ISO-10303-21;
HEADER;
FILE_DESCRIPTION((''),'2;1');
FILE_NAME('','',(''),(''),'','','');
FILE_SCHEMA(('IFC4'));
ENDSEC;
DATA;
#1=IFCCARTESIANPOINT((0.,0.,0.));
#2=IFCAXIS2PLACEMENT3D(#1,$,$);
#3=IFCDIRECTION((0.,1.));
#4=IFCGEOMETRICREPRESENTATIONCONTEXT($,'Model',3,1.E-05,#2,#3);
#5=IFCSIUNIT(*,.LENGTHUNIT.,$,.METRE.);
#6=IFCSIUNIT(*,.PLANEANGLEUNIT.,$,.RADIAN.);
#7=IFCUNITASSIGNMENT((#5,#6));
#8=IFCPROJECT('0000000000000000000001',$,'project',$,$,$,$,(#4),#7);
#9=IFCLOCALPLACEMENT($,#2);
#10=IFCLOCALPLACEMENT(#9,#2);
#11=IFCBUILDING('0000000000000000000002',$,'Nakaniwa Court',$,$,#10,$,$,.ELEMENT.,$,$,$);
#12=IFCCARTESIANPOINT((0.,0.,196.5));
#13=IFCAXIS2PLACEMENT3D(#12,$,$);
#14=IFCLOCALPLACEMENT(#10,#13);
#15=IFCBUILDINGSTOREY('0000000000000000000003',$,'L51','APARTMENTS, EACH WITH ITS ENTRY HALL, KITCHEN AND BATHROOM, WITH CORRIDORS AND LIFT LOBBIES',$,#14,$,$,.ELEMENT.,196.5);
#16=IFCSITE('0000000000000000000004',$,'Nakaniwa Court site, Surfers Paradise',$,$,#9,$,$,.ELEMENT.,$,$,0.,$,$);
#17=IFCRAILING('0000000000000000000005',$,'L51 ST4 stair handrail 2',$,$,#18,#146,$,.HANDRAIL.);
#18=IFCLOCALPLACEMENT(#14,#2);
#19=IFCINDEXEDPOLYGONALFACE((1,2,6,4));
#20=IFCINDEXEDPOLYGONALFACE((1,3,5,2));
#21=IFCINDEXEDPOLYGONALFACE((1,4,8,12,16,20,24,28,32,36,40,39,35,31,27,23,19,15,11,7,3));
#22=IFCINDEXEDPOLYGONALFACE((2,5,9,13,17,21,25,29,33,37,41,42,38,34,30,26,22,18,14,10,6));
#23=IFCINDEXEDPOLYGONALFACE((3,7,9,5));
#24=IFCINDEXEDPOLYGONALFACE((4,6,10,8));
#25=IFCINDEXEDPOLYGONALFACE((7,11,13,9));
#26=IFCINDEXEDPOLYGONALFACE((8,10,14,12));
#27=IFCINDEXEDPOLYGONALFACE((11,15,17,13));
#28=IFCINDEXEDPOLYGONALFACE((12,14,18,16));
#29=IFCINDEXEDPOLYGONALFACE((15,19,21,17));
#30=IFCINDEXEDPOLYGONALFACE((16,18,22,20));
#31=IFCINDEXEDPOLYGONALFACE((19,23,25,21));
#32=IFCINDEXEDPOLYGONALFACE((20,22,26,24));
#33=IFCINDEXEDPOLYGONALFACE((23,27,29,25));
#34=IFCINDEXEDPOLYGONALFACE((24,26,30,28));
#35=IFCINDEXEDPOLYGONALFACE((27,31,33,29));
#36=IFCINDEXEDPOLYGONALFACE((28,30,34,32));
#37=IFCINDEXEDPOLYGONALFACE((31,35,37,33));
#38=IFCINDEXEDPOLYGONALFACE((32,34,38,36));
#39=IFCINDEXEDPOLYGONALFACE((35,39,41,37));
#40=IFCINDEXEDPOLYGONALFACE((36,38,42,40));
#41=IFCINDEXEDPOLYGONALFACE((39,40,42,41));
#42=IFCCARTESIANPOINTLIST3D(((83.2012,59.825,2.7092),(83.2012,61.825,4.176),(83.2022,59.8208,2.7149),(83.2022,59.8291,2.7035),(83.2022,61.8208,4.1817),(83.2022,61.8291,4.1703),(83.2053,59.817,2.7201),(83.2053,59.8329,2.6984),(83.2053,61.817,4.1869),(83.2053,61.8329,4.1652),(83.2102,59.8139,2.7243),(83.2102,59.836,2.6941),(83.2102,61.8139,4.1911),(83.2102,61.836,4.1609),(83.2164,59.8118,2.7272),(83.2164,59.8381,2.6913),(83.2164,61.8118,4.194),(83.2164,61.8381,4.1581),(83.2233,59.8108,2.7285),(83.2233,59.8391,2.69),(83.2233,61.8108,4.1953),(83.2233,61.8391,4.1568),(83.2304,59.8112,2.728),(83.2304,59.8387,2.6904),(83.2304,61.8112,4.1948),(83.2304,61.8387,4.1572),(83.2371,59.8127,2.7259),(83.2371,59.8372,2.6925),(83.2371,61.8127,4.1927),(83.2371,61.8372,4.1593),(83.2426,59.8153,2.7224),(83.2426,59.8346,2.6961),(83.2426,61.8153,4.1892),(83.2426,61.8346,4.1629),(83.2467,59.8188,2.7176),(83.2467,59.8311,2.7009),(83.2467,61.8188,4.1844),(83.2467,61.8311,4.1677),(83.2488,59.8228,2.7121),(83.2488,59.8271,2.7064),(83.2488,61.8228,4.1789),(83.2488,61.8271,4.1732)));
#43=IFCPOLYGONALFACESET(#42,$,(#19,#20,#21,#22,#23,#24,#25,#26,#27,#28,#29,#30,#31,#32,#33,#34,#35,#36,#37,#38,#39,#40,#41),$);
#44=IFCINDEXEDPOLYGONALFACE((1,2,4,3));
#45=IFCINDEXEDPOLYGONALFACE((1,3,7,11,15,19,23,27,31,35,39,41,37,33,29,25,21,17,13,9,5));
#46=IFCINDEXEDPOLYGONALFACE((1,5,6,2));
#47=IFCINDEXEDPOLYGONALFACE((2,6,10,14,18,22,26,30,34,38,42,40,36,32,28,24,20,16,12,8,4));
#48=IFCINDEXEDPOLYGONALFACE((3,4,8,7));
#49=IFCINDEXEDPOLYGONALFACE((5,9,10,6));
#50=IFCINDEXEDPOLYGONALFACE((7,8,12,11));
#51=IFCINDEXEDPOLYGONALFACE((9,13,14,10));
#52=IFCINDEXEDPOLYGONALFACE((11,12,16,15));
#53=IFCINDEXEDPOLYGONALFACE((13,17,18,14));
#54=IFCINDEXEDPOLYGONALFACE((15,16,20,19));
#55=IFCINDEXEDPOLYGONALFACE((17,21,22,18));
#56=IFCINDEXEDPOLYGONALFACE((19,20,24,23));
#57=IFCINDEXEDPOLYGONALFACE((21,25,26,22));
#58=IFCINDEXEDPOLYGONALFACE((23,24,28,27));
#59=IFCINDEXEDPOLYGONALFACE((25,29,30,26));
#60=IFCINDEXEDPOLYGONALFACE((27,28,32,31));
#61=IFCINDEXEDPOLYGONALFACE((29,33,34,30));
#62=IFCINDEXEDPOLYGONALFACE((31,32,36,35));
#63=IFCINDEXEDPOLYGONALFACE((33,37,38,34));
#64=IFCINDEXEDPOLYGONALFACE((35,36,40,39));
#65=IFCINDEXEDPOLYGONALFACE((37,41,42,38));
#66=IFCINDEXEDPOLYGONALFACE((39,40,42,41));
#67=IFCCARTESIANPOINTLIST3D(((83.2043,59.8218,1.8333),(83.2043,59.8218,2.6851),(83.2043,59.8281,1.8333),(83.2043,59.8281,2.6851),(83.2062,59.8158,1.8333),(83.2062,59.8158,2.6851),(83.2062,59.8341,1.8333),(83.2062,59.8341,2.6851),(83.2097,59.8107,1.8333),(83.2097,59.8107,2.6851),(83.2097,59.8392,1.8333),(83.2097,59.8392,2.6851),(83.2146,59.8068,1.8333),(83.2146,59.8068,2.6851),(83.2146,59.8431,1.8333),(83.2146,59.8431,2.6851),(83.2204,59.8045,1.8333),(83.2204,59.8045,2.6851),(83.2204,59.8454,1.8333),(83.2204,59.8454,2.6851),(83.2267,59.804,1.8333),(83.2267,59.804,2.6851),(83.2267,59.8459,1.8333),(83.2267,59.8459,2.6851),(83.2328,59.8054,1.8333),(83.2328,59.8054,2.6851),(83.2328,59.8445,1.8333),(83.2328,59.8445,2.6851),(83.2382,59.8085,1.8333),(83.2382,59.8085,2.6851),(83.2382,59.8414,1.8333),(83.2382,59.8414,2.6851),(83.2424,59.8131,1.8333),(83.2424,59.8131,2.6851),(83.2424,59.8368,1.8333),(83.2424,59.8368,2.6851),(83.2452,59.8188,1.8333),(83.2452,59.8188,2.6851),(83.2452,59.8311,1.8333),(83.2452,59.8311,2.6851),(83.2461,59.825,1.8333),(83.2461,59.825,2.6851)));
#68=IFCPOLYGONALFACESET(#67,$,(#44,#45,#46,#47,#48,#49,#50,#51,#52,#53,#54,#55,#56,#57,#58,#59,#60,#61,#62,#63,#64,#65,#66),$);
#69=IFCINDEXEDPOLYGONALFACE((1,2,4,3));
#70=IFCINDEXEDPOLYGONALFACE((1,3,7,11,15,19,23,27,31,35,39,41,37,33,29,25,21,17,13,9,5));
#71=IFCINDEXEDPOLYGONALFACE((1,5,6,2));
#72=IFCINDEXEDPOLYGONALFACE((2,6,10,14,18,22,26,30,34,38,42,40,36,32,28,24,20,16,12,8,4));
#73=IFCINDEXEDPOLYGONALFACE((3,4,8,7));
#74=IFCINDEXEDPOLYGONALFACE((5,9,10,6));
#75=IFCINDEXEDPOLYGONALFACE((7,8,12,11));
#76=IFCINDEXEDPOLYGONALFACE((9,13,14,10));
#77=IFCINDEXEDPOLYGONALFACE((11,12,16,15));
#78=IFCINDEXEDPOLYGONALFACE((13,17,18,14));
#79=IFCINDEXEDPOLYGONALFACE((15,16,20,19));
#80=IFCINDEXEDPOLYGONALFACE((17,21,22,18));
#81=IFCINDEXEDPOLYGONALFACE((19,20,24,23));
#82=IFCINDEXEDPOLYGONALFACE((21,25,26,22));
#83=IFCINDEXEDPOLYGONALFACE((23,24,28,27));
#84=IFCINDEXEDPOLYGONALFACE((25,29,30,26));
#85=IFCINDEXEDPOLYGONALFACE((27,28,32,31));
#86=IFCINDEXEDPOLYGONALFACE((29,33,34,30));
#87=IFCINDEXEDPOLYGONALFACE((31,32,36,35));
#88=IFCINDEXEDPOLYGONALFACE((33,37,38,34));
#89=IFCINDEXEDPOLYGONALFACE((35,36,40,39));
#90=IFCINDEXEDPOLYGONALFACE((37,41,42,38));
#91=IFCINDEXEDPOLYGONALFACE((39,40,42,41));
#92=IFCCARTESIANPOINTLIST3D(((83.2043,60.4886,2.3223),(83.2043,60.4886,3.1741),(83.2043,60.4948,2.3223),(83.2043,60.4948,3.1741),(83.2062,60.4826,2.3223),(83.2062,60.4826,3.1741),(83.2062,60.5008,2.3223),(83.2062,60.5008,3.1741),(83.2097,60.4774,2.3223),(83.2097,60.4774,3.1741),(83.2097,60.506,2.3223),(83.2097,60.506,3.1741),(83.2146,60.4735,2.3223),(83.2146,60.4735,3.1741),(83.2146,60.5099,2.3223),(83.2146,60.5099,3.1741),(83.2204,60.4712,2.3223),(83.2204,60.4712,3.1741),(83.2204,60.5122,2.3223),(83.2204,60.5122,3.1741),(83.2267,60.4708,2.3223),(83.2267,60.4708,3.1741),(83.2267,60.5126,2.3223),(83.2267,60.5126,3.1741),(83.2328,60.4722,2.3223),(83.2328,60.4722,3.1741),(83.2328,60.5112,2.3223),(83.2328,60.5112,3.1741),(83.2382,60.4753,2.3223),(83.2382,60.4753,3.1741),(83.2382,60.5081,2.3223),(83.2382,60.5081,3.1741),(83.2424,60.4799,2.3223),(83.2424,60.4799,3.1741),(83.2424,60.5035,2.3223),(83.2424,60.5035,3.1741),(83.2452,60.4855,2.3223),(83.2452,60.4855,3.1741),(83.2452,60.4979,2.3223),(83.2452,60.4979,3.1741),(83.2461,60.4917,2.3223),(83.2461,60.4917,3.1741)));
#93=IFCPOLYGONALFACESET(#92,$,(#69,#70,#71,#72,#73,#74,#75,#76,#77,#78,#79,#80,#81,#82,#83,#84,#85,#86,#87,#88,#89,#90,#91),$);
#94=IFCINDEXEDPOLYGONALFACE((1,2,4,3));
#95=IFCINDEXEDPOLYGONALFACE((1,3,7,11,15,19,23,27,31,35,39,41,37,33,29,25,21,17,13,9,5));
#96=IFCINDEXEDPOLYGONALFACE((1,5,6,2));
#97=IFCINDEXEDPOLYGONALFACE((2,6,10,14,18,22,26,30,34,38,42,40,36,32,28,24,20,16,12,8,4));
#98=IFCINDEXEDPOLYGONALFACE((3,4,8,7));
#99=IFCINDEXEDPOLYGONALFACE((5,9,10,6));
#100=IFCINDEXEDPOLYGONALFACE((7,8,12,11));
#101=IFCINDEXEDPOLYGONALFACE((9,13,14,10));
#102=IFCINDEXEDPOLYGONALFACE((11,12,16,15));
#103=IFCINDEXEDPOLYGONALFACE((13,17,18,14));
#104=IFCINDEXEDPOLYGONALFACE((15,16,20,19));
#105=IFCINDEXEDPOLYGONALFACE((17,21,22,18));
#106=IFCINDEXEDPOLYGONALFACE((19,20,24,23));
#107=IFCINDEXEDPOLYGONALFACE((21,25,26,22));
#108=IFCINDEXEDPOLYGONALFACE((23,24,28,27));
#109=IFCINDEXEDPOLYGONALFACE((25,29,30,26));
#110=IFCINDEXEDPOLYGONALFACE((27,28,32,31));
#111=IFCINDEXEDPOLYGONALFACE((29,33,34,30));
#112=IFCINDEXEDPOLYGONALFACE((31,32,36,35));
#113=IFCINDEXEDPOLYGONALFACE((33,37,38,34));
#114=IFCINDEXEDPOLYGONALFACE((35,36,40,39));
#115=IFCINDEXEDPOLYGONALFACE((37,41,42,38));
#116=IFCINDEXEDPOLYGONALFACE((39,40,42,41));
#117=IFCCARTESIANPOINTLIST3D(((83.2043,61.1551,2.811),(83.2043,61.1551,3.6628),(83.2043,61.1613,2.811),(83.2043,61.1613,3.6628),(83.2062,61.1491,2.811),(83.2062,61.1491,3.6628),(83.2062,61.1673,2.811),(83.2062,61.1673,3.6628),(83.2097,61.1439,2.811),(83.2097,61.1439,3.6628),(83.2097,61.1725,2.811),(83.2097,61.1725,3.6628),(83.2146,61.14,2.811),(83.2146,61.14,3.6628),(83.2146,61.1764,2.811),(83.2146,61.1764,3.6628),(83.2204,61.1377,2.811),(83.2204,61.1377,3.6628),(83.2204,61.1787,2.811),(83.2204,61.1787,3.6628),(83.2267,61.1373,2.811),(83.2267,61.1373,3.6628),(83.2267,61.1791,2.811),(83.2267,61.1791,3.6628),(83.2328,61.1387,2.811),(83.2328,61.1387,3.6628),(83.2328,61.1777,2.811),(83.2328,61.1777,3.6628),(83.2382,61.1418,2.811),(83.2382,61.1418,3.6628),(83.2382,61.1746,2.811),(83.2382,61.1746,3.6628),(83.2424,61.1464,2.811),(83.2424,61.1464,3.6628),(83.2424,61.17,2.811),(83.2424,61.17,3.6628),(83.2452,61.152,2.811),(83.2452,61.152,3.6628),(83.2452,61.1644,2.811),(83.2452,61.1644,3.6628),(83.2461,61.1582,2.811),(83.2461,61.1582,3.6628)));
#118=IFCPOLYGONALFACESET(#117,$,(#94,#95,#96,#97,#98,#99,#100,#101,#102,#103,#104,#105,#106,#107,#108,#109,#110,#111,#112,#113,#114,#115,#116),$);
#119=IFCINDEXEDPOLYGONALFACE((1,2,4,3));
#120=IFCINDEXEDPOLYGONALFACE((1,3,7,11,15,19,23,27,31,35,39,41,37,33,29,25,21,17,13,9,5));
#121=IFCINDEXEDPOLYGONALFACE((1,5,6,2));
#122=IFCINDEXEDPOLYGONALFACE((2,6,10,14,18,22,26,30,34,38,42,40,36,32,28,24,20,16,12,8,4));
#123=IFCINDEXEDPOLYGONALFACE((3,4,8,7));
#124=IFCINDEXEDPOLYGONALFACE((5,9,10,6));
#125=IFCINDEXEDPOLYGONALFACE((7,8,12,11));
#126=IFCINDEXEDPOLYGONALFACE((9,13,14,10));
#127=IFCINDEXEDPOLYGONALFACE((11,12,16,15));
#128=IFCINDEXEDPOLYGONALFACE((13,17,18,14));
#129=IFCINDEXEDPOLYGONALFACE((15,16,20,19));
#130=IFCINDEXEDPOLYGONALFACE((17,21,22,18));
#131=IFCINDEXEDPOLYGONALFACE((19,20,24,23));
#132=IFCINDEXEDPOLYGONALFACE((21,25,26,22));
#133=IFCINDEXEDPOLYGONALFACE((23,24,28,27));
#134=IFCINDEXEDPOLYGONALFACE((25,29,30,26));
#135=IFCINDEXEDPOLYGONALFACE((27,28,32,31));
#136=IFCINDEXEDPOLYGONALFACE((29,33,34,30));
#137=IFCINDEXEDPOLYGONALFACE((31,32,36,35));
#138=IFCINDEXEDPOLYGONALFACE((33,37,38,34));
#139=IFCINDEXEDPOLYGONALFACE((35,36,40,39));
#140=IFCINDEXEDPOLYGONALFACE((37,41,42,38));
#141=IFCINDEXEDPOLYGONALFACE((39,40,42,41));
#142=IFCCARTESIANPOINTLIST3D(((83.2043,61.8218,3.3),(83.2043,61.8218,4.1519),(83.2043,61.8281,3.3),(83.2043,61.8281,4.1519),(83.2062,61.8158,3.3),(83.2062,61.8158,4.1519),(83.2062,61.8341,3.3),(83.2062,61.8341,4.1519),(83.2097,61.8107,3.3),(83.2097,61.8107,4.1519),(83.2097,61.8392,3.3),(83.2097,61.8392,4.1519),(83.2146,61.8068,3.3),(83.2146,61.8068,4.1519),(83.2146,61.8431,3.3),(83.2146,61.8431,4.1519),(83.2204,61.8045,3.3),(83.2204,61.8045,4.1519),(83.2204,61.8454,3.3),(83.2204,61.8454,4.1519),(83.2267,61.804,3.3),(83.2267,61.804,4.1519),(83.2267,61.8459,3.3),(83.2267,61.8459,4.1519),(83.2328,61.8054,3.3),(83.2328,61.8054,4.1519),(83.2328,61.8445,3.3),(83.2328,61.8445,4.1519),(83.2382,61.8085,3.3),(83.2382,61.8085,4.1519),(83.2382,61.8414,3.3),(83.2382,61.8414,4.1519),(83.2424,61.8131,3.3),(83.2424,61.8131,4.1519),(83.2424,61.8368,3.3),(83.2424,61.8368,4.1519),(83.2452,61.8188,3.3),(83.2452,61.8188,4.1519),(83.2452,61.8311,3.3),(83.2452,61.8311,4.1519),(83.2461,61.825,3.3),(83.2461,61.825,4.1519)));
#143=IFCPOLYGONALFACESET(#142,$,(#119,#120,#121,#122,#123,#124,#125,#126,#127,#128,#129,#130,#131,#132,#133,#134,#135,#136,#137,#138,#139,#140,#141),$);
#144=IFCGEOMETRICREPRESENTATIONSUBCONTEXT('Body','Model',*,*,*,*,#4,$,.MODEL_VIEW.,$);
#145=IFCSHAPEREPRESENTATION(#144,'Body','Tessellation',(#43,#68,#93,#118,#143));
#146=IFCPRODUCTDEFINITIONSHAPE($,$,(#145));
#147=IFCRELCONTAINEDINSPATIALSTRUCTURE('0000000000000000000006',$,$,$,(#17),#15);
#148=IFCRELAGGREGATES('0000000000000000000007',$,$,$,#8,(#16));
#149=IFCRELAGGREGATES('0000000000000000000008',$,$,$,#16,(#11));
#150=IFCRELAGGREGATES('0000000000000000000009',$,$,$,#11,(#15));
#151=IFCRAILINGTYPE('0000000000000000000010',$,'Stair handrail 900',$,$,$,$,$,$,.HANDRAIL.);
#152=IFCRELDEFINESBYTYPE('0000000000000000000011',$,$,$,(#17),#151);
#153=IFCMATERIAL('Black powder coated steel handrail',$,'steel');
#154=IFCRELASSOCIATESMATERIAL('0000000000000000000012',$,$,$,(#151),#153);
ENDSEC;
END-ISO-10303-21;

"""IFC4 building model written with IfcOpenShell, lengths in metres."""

from ifc_helpers import new_model, si_unit, direction, frame, origin, origin_2d, place, context, subcontext, project, spatial, circle, extrude, material, type_object, element, save


model = new_model("IFC4")

# Units and contexts
model_context = context("Model", 3, precision=1e-05, world=origin(), true_north=direction((0.0, 1.0)))
body_context = subcontext(model_context, "Body", "Model", "MODEL_VIEW")
ifc_project = project(units=[si_unit("LENGTHUNIT", "METRE"), si_unit("PLANEANGLEUNIT", "RADIAN")], contexts=[model_context])

# Site, building, storey
site_placement = place(None, origin())
site = spatial("IfcSite", under=ifc_project, at=site_placement, Name="Nakaniwa Court site, Surfers Paradise", CompositionType="ELEMENT", RefElevation=0.0)
building_placement = place(site_placement, origin())
building = spatial("IfcBuilding", under=site, at=building_placement, Name="Nakaniwa Court", CompositionType="ELEMENT")
storey_placement = place(building_placement, frame((0.0, 0.0, 196.5)))
storey = spatial("IfcBuildingStorey", under=building, at=storey_placement, Name="L51", Description="APARTMENTS, EACH WITH ITS ENTRY HALL, KITCHEN AND BATHROOM, WITH CORRIDORS AND LIFT LOBBIES", CompositionType="ELEMENT", Elevation=196.5)

# Railing
ifc_material_1 = material(Name="Black powder coated steel handrail", Category="steel")
railing_type_1 = type_object("IfcRailingType", Name="Stair handrail 900", PredefinedType="HANDRAIL", material=ifc_material_1)
railing_1_placement = place(storey_placement, frame((83.2251, 59.825, 1.8333)))
element("IfcRailing", 1, at=railing_1_placement, inside=storey, type_object=railing_type_1, Name="L51 ST4 stair handrail 2", PredefinedType="HANDRAIL", context=body_context, shape_type="SweptSolid", body=[
    extrude(circle(Radius=0.0239, at=origin_2d()), frame((0.0, 0.0, 0.876), z_axis=(0.0, 0.80638, 0.591398), x_axis=(-1.0, 0.0, 0.0)), (0.0, 0.0, 1.0), 2.4802),
    extrude(circle(Radius=0.021, at=origin_2d()), origin(), (0.0, 0.0, 1.0), 0.8518),
    extrude(circle(Radius=0.021, at=origin_2d()), frame((0.0, 0.6667, 0.489)), (0.0, 0.0, 1.0), 0.8518),
    extrude(circle(Radius=0.021, at=origin_2d()), frame((0.0, 1.3333, 0.9778)), (0.0, 0.0, 1.0), 0.8518),
    extrude(circle(Radius=0.021, at=origin_2d()), frame((0.0, 2.0, 1.4668)), (0.0, 0.0, 1.0), 0.8518),
])

save(model, "model.ifc")
